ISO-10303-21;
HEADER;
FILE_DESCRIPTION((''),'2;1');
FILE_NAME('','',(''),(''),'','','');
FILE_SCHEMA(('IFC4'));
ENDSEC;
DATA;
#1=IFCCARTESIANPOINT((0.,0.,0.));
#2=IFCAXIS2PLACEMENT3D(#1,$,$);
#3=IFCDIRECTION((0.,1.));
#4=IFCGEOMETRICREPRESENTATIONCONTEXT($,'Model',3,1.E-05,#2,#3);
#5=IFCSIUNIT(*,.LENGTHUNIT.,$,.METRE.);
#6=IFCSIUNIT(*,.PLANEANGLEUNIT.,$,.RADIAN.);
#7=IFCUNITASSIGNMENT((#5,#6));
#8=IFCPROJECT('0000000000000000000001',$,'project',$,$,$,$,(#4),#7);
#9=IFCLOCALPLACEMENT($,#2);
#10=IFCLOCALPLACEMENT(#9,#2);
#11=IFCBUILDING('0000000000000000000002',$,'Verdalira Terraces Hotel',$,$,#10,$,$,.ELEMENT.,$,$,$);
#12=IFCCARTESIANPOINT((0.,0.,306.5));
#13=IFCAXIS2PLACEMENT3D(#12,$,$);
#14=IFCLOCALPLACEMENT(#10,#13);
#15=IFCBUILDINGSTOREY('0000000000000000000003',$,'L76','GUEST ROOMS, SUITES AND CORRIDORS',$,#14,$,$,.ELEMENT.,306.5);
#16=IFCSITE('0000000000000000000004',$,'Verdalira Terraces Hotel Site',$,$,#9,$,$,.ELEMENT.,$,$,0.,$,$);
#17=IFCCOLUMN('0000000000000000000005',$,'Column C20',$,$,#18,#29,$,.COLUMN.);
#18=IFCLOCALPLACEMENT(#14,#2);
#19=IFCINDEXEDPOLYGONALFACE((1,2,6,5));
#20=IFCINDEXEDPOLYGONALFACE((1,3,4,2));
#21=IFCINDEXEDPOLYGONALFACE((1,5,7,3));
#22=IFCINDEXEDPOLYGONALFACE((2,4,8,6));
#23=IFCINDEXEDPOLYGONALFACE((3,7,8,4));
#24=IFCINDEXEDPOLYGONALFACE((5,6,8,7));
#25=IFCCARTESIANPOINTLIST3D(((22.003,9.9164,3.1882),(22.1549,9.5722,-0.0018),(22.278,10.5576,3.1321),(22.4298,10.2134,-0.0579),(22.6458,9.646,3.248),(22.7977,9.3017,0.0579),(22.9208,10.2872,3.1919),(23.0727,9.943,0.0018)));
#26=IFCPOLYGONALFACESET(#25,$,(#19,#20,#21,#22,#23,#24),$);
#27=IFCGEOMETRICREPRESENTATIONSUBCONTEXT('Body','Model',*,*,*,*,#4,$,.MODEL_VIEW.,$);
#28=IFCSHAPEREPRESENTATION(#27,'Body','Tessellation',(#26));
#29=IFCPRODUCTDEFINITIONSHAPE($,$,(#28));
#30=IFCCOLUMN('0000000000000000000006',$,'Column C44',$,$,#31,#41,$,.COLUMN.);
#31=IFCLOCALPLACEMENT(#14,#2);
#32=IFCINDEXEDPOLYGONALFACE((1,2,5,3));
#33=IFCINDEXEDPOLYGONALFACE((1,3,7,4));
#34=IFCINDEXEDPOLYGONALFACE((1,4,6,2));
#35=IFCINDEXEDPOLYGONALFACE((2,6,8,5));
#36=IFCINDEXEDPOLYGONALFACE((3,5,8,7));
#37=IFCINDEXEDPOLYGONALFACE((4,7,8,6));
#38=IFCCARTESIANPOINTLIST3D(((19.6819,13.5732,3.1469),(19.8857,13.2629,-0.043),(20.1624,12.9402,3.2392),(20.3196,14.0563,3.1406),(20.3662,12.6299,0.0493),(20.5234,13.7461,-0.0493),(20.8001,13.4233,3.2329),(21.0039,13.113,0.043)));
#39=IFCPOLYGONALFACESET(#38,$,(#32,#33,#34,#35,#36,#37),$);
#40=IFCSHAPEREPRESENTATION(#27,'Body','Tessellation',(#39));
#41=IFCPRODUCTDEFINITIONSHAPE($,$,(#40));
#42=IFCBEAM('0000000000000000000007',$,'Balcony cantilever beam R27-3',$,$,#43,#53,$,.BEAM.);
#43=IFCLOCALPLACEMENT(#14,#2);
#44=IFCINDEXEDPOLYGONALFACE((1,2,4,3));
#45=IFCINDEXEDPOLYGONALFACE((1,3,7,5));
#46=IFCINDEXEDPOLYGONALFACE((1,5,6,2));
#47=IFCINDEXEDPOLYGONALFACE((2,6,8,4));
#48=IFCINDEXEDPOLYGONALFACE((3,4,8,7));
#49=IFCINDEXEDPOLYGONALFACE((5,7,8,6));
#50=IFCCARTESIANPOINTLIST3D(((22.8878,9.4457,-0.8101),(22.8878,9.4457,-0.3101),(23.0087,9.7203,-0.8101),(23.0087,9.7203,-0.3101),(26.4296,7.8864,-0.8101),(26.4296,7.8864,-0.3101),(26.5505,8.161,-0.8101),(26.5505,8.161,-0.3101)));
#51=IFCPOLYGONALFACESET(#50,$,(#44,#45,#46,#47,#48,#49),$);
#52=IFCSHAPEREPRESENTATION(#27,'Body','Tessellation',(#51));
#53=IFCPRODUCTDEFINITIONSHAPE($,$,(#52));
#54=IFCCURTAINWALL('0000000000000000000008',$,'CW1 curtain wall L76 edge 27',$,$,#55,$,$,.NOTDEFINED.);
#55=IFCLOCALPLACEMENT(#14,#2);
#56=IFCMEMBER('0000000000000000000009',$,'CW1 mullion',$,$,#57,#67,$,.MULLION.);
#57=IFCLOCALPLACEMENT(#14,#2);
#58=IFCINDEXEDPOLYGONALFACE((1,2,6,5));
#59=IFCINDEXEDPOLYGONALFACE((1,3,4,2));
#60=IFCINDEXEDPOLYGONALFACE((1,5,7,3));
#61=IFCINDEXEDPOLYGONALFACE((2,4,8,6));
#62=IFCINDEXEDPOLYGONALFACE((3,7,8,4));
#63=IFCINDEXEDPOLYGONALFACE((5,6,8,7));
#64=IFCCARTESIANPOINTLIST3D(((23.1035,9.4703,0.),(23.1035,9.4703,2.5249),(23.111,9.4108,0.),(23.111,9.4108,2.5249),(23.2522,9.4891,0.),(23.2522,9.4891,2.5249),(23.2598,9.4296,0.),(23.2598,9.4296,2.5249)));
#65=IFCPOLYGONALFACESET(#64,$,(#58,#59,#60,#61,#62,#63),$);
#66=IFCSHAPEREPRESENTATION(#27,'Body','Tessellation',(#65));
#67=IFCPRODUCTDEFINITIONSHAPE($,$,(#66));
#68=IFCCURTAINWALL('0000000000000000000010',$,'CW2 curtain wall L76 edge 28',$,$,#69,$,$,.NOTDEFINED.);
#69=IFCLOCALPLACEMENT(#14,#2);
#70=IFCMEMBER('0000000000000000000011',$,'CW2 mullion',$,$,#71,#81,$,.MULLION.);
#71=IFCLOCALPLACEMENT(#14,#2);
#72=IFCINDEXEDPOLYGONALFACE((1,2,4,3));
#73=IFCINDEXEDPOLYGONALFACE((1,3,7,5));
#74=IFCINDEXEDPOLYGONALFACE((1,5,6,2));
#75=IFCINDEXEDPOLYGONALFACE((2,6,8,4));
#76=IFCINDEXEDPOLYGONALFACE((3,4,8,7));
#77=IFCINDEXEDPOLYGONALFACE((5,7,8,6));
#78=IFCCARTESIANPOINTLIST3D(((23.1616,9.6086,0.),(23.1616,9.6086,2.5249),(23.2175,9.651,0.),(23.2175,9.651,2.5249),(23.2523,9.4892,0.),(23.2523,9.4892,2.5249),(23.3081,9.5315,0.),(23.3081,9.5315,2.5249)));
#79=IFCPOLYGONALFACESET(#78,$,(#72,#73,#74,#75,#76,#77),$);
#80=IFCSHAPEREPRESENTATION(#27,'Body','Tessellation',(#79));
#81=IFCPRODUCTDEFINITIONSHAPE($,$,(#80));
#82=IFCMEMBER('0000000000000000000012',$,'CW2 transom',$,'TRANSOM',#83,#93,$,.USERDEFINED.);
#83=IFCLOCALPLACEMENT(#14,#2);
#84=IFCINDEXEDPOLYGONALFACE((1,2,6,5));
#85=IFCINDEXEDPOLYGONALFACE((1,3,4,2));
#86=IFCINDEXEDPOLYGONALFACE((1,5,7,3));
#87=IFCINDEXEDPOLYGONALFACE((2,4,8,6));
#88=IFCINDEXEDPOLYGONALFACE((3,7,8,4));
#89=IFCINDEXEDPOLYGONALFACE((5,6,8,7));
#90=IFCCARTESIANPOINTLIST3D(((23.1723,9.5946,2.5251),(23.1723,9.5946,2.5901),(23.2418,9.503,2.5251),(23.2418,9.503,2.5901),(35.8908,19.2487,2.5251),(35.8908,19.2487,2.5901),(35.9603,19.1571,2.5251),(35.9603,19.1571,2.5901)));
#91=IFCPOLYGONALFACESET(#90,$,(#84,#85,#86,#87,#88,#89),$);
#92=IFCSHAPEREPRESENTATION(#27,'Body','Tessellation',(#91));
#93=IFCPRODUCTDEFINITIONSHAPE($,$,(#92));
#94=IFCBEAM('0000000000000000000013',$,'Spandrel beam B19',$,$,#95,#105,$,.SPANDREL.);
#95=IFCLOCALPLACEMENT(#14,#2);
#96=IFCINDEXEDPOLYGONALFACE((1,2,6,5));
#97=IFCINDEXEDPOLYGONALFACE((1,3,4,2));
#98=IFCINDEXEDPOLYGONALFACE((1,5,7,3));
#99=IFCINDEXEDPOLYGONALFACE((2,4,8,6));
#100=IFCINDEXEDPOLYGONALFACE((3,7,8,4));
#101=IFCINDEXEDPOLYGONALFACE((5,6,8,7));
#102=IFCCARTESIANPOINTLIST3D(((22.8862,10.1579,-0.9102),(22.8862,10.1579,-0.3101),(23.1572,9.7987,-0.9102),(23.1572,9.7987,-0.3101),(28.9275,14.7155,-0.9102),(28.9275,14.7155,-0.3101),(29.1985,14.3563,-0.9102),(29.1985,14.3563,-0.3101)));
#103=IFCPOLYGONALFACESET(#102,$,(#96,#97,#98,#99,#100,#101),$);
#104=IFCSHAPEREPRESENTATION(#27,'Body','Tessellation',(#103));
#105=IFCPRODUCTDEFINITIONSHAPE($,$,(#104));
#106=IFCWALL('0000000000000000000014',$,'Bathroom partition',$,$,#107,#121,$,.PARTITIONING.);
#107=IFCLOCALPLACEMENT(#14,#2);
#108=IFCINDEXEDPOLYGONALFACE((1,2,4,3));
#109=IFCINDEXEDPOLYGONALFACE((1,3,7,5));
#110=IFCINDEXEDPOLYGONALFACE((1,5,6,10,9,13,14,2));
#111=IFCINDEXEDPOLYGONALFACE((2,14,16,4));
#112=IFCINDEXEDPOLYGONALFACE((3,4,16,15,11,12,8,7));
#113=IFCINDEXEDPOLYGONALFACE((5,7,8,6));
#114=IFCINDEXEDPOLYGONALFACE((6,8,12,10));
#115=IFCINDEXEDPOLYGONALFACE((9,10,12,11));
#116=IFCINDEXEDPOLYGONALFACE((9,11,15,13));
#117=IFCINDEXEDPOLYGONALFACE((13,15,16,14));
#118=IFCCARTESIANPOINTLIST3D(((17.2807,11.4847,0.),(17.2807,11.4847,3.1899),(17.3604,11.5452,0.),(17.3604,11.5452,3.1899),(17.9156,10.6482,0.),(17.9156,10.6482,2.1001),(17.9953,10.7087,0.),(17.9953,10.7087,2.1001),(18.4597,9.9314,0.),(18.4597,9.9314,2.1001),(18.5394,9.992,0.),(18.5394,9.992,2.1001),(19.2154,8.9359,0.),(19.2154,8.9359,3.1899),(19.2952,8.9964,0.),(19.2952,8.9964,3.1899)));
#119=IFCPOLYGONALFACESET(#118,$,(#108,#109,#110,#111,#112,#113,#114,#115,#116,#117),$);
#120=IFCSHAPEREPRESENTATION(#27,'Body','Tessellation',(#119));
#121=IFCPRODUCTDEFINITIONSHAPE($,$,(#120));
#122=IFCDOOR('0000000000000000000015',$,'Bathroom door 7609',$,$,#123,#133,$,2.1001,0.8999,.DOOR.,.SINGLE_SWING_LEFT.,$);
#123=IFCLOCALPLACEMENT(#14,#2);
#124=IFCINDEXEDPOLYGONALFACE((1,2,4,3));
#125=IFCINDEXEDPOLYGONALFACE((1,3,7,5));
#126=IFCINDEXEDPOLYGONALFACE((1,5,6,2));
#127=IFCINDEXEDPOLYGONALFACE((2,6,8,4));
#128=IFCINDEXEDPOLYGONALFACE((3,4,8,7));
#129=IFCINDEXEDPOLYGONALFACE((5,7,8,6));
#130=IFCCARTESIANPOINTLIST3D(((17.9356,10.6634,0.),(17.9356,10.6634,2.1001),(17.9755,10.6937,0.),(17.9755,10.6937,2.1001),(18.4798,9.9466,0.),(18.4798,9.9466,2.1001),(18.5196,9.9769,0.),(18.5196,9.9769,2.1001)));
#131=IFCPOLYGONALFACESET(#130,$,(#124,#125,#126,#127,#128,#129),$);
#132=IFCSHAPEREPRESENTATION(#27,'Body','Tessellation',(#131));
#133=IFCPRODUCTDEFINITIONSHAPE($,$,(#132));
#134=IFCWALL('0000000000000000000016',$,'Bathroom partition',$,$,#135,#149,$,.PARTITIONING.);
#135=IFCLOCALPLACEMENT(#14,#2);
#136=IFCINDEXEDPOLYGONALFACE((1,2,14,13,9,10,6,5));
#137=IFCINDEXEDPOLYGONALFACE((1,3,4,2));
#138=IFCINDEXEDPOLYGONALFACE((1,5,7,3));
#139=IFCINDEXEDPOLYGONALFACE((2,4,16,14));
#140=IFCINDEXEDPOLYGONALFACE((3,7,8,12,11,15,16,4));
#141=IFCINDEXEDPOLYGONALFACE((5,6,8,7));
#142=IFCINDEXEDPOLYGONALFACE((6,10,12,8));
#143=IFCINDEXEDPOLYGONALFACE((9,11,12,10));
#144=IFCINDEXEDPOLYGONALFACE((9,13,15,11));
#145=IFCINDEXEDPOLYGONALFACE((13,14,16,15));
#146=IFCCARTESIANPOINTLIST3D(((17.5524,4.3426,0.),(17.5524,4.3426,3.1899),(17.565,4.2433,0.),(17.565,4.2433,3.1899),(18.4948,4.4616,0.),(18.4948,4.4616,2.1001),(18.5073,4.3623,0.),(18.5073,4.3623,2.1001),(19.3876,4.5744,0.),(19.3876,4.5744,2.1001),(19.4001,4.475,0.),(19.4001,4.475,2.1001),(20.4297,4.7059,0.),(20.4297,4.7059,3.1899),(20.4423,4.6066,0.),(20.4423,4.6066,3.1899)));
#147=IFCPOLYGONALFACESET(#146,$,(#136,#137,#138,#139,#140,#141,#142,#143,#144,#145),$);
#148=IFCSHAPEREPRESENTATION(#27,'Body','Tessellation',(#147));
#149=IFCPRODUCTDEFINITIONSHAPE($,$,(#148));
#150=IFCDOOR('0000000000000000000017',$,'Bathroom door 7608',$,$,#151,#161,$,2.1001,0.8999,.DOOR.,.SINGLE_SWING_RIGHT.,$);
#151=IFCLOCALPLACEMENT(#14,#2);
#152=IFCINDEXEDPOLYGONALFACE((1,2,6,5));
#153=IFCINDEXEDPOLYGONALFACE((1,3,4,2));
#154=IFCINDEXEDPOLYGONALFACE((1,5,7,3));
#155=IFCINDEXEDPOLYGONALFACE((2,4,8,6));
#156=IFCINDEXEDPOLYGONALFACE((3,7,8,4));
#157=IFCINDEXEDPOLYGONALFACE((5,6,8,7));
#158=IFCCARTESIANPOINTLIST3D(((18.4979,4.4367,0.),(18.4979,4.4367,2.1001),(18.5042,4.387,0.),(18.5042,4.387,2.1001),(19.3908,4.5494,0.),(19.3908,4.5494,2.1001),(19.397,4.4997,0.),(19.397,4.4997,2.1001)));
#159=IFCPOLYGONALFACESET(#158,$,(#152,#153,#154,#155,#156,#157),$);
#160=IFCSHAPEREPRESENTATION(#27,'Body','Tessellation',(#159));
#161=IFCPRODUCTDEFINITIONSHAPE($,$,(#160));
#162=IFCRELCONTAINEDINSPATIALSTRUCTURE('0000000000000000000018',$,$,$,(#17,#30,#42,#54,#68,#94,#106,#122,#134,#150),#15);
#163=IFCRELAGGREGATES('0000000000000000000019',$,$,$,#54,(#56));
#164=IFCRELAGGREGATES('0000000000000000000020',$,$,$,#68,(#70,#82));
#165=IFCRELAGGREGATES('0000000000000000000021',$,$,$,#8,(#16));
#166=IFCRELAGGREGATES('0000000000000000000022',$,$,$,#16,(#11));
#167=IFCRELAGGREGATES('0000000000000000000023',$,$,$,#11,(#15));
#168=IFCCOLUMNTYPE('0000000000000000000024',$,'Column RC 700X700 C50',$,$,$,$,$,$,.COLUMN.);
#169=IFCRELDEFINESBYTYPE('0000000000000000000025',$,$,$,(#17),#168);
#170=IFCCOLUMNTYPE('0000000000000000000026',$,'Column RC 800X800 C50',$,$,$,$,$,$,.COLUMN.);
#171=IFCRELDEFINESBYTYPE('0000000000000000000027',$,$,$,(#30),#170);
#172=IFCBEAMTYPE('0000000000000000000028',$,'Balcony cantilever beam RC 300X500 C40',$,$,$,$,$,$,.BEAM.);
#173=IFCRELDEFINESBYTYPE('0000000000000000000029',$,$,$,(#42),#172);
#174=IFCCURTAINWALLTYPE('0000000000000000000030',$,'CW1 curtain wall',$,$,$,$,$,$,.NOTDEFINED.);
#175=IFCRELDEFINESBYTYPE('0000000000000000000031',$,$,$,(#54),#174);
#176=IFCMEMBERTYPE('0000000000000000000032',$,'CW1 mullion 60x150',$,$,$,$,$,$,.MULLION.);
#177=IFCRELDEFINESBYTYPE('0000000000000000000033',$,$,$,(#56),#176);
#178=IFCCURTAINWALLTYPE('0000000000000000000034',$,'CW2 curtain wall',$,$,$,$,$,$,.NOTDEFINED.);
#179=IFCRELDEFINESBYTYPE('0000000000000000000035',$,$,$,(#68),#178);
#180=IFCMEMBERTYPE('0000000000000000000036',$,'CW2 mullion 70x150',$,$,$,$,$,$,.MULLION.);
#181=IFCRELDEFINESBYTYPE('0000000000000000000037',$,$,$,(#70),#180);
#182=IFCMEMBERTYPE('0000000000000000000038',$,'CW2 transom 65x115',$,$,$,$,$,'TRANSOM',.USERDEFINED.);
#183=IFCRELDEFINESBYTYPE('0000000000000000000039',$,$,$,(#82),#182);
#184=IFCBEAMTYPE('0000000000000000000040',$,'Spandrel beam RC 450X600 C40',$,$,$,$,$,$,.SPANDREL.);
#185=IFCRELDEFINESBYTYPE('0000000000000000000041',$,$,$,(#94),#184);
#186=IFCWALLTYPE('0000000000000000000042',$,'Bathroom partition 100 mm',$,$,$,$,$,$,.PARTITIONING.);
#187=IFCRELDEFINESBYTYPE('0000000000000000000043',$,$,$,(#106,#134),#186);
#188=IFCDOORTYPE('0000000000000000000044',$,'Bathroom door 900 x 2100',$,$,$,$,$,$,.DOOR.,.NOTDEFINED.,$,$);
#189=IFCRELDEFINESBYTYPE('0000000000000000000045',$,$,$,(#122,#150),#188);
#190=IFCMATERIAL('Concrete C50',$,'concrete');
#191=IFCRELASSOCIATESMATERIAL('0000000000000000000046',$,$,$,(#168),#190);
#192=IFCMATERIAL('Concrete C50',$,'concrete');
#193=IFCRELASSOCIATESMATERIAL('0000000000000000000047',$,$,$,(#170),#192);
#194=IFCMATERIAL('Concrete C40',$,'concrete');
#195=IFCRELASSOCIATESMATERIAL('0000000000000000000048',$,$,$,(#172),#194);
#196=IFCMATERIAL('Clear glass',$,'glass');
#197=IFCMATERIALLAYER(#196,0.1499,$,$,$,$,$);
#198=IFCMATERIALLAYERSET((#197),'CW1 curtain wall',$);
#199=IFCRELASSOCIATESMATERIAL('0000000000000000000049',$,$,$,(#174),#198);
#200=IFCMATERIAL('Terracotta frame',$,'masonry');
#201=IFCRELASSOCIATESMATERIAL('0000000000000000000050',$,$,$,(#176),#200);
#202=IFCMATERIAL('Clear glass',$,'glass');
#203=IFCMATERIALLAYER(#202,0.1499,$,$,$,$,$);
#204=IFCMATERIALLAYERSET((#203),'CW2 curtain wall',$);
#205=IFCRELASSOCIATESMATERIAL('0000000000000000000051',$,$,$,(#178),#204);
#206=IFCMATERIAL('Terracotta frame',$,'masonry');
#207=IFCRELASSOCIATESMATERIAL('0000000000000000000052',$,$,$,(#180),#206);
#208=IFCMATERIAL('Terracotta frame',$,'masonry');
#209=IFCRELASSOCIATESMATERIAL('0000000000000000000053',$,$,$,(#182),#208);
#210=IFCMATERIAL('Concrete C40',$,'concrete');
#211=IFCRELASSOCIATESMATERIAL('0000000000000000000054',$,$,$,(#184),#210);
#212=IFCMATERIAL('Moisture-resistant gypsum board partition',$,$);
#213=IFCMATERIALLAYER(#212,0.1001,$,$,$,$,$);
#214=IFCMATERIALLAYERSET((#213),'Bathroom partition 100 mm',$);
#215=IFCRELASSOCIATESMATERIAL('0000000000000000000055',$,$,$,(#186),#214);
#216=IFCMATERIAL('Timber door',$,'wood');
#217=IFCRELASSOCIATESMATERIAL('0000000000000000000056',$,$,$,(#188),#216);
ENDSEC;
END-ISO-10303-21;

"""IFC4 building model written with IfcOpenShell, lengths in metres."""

from ifc_helpers import new_model, si_unit, direction, frame, frame_2d, origin, origin_2d, place, context, subcontext, project, spatial, rectangle, extrude, material, layer, layer_set, material_profile, profile_set, type_object, element, fill, aggregate, save


model = new_model("IFC4")

# Units and contexts
model_context = context("Model", 3, precision=1e-05, world=origin(), true_north=direction((0.0, 1.0)))
body_context = subcontext(model_context, "Body", "Model", "MODEL_VIEW")
ifc_project = project(units=[si_unit("LENGTHUNIT", "METRE"), si_unit("PLANEANGLEUNIT", "RADIAN")], contexts=[model_context])

# Site, building, storey
site_placement = place(None, origin())
site = spatial("IfcSite", under=ifc_project, at=site_placement, Name="Verdalira Terraces Hotel Site", CompositionType="ELEMENT", RefElevation=0.0)
building_placement = place(site_placement, origin())
building = spatial("IfcBuilding", under=site, at=building_placement, Name="Verdalira Terraces Hotel", CompositionType="ELEMENT")
storey_placement = place(building_placement, frame((0.0, 0.0, 306.5)))
storey = spatial("IfcBuildingStorey", under=building, at=storey_placement, Name="L76", Description="GUEST ROOMS, SUITES AND CORRIDORS", CompositionType="ELEMENT", Elevation=306.5)

# Columns
ifc_material_1 = material(Name="Concrete C50", Category="concrete")
ifc_material_profile_1 = material_profile(ifc_material_1, rectangle(XDim=0.7, YDim=0.7, at=origin_2d()), Name="RC 700X700")
ifc_profile_set_1 = profile_set([ifc_material_profile_1], Name="Concrete C50")
column_type_1 = type_object("IfcColumnType", Name="Column RC 700X700 C50", PredefinedType="COLUMN", material=ifc_profile_set_1)
column_1_placement = place(storey_placement, frame((22.6138, 9.7576, 0.0), z_axis=(-0.047277, 0.107171, 0.993116), x_axis=(-0.392844, -0.916105, 0.080159)))
element("IfcColumn", 1, at=column_1_placement, inside=storey, type_object=column_type_1, Name="Column C20", PredefinedType="COLUMN", context=body_context, shape_type="SweptSolid", body=[
    extrude(rectangle(XDim=0.7, YDim=0.7, at=origin_2d()), origin(), (0.0, 0.0, 1.0), 3.2122),
])
ifc_material_2 = material(Name="Concrete C50", Category="concrete")
ifc_material_profile_2 = material_profile(ifc_material_2, rectangle(XDim=0.8, YDim=0.8, at=origin_2d()), Name="RC 800X800")
ifc_profile_set_2 = profile_set([ifc_material_profile_2], Name="Concrete C50")
column_type_2 = type_object("IfcColumnType", Name="Column RC 800X800 C50", PredefinedType="COLUMN", material=ifc_profile_set_2)
column_2_placement = place(storey_placement, frame((20.4448, 13.188, 0.0), z_axis=(-0.063478, 0.096623, 0.993295), x_axis=(0.797058, 0.603853, -0.007803)))
element("IfcColumn", 2, at=column_2_placement, inside=storey, type_object=column_type_2, Name="Column C44", PredefinedType="COLUMN", context=body_context, shape_type="SweptSolid", body=[
    extrude(rectangle(XDim=0.8, YDim=0.8, at=origin_2d()), origin(), (0.0, 0.0, 1.0), 3.2114),
])

# Beam
ifc_material_3 = material(Name="Concrete C40", Category="concrete")
ifc_material_profile_3 = material_profile(ifc_material_3, rectangle(XDim=0.3, YDim=0.5, at=origin_2d()), Name="RC 300X500")
ifc_profile_set_3 = profile_set([ifc_material_profile_3], Name="Concrete C40")
beam_type_1 = type_object("IfcBeamType", Name="Balcony cantilever beam RC 300X500 C40", PredefinedType="BEAM", material=ifc_profile_set_3)
beam_1_placement = place(storey_placement, frame((22.9482, 9.583, -0.5601), z_axis=(0.915224, -0.402946, 0.0), x_axis=(0.402946, 0.915224, 0.0)))
element("IfcBeam", 3, at=beam_1_placement, inside=storey, type_object=beam_type_1, Name="Balcony cantilever beam R27-3", PredefinedType="BEAM", context=body_context, shape_type="SweptSolid", body=[
    extrude(rectangle(XDim=0.3, YDim=0.5, at=origin_2d()), origin(), (0.0, 0.0, 1.0), 3.8699),
])

# Curtain wall, member
ifc_material_4 = material(Name="Clear glass", Category="glass")
ifc_layer_1 = layer(ifc_material_4, 0.1499)
ifc_layer_set_1 = layer_set([ifc_layer_1], Name="CW1 curtain wall")
curtain_wall_type_1 = type_object("IfcCurtainWallType", Name="CW1 curtain wall", PredefinedType="NOTDEFINED", material=ifc_layer_set_1)
curtain_wall_1_placement = place(storey_placement, origin())
curtain_wall_1 = element("IfcCurtainWall", 4, at=curtain_wall_1_placement, inside=storey, type_object=curtain_wall_type_1, Name="CW1 curtain wall L76 edge 27", PredefinedType="NOTDEFINED")
ifc_material_5 = material(Name="Terracotta frame", Category="masonry")
ifc_material_profile_4 = material_profile(ifc_material_5, rectangle(XDim=0.0601, YDim=0.1499, at=origin_2d()), Name="MU 60x150")
ifc_profile_set_4 = profile_set([ifc_material_profile_4], Name="Terracotta frame")
member_type_1 = type_object("IfcMemberType", Name="CW1 mullion 60x150", PredefinedType="MULLION", material=ifc_profile_set_4)
member_1_placement = place(storey_placement, frame((23.1816, 9.45, 0.0), z_axis=(0.0, 0.0, 1.0), x_axis=(-0.125333, 0.992115, 0.0)))
member_1 = element("IfcMember", 5, at=member_1_placement, type_object=member_type_1, Name="CW1 mullion", PredefinedType="MULLION", context=body_context, shape_type="SweptSolid", body=[
    extrude(rectangle(XDim=0.0601, YDim=0.1499, at=origin_2d()), origin(), (0.0, 0.0, 1.0), 2.5249),
])
aggregate(curtain_wall_1, [member_1])

# Curtain wall, members
ifc_material_6 = material(Name="Clear glass", Category="glass")
ifc_layer_2 = layer(ifc_material_6, 0.1499)
ifc_layer_set_2 = layer_set([ifc_layer_2], Name="CW2 curtain wall")
curtain_wall_type_2 = type_object("IfcCurtainWallType", Name="CW2 curtain wall", PredefinedType="NOTDEFINED", material=ifc_layer_set_2)
curtain_wall_2_placement = place(storey_placement, origin())
curtain_wall_2 = element("IfcCurtainWall", 6, at=curtain_wall_2_placement, inside=storey, type_object=curtain_wall_type_2, Name="CW2 curtain wall L76 edge 28", PredefinedType="NOTDEFINED")
ifc_material_7 = material(Name="Terracotta frame", Category="masonry")
ifc_material_profile_5 = material_profile(ifc_material_7, rectangle(XDim=0.0701, YDim=0.1499, at=origin_2d()), Name="MU 70x150")
ifc_profile_set_5 = profile_set([ifc_material_profile_5], Name="Terracotta frame")
member_type_2 = type_object("IfcMemberType", Name="CW2 mullion 70x150", PredefinedType="MULLION", material=ifc_profile_set_5)
member_2_placement = place(storey_placement, frame((23.2349, 9.5701, 0.0), z_axis=(0.0, 0.0, 1.0), x_axis=(0.79653, 0.604599, 0.0)))
member_2 = element("IfcMember", 7, at=member_2_placement, type_object=member_type_2, Name="CW2 mullion", PredefinedType="MULLION", context=body_context, shape_type="SweptSolid", body=[
    extrude(rectangle(XDim=0.0701, YDim=0.1499, at=origin_2d()), origin(), (0.0, 0.0, 1.0), 2.5249),
])
ifc_material_8 = material(Name="Terracotta frame", Category="masonry")
ifc_material_profile_6 = material_profile(ifc_material_8, rectangle(XDim=0.115, YDim=0.0649, at=origin_2d()), Name="TR 65x115")
ifc_profile_set_6 = profile_set([ifc_material_profile_6], Name="Terracotta frame")
member_type_3 = type_object("IfcMemberType", Name="CW2 transom 65x115", ElementType="TRANSOM", PredefinedType="USERDEFINED", material=ifc_profile_set_6)
member_3_placement = place(storey_placement, frame((23.207, 9.5488, 2.5576), z_axis=(0.796524, 0.604606, 0.0), x_axis=(-0.604606, 0.796524, 0.0)))
member_3 = element("IfcMember", 8, at=member_3_placement, type_object=member_type_3, Name="CW2 transom", ObjectType="TRANSOM", PredefinedType="USERDEFINED", context=body_context, shape_type="SweptSolid", body=[
    extrude(rectangle(XDim=0.115, YDim=0.0649, at=origin_2d()), origin(), (0.0, 0.0, 1.0), 15.9675),
])
aggregate(curtain_wall_2, [member_2, member_3])

# Beam
ifc_material_9 = material(Name="Concrete C40", Category="concrete")
ifc_material_profile_7 = material_profile(ifc_material_9, rectangle(XDim=0.45, YDim=0.6001, at=origin_2d()), Name="RC 450X600")
ifc_profile_set_7 = profile_set([ifc_material_profile_7], Name="Concrete C40")
beam_type_2 = type_object("IfcBeamType", Name="Spandrel beam RC 450X600 C40", PredefinedType="SPANDREL", material=ifc_profile_set_7)
beam_2_placement = place(storey_placement, frame((23.0217, 9.9783, -0.6101), z_axis=(0.798305, 0.602253, 0.0), x_axis=(-0.602253, 0.798305, 0.0)))
element("IfcBeam", 9, at=beam_2_placement, inside=storey, type_object=beam_type_2, Name="Spandrel beam B19", PredefinedType="SPANDREL", context=body_context, shape_type="SweptSolid", body=[
    extrude(rectangle(XDim=0.45, YDim=0.6001, at=origin_2d()), origin(), (0.0, 0.0, 1.0), 7.5676),
])

# Walls, openings, doors
ifc_material_10 = material(Name="Moisture-resistant gypsum board partition")
ifc_layer_3 = layer(ifc_material_10, 0.1001)
ifc_layer_set_3 = layer_set([ifc_layer_3], Name="Bathroom partition 100 mm")
wall_type_1 = type_object("IfcWallType", Name="Bathroom partition 100 mm", PredefinedType="PARTITIONING", material=ifc_layer_set_3)
wall_1_placement = place(storey_placement, frame((19.2554, 8.9661, 0.0), z_axis=(0.0, 0.0, 1.0), x_axis=(-0.604629, 0.796508, 0.0)))
wall_1 = element("IfcWall", 10, at=wall_1_placement, inside=storey, type_object=wall_type_1, Name="Bathroom partition", PredefinedType="PARTITIONING", context=body_context, shape_type="SweptSolid", body=[
    extrude(rectangle(XDim=3.2, YDim=0.1001, at=frame_2d((1.6001, 0.0))), origin(), (0.0, 0.0, 1.0), 3.1899),
])
opening_1_placement = place(wall_1_placement, frame((1.25, 0.0, 0.0)))
opening_1 = element("IfcOpeningElement", 11, at=opening_1_placement, cuts=wall_1, PredefinedType="OPENING", context=body_context, shape_type="SweptSolid", body=[
    extrude(rectangle(XDim=0.8999, YDim=2.1001, at=frame_2d((0.45, 1.05))), frame((0.0, 0.0601, 0.0), z_axis=(0.0, -1.0, 0.0), x_axis=(1.0, 0.0, 0.0)), (0.0, 0.0, 1.0), 0.1201),
])
ifc_material_11 = material(Name="Timber door", Category="wood")
door_type = type_object("IfcDoorType", Name="Bathroom door 900 x 2100", OperationType="NOTDEFINED", PredefinedType="DOOR", material=ifc_material_11)
door_1_placement = place(opening_1_placement, origin())
door_1 = element("IfcDoor", 12, at=door_1_placement, inside=storey, type_object=door_type, Name="Bathroom door 7609", OperationType="SINGLE_SWING_LEFT", OverallHeight=2.1001, OverallWidth=0.8999, PredefinedType="DOOR", context=body_context, shape_type="SweptSolid", body=[
    extrude(rectangle(XDim=0.8999, YDim=2.1001, at=frame_2d((0.45, 1.05))), frame((0.0, 0.0249, 0.0), z_axis=(0.0, -1.0, 0.0), x_axis=(1.0, 0.0, 0.0)), (0.0, 0.0, 1.0), 0.05),
])
fill(opening_1, door_1)
wall_2_placement = place(storey_placement, frame((17.5586, 4.293, 0.0), z_axis=(0.0, 0.0, 1.0), x_axis=(0.992123, 0.125268, 0.0)))
wall_2 = element("IfcWall", 13, at=wall_2_placement, inside=storey, type_object=wall_type_1, Name="Bathroom partition", PredefinedType="PARTITIONING", context=body_context, shape_type="SweptSolid", body=[
    extrude(rectangle(XDim=2.9001, YDim=0.1001, at=frame_2d((1.4502, 0.0))), origin(), (0.0, 0.0, 1.0), 3.1899),
])
opening_2_placement = place(wall_2_placement, frame((0.95, 0.0, 0.0)))
opening_2 = element("IfcOpeningElement", 14, at=opening_2_placement, cuts=wall_2, PredefinedType="OPENING", context=body_context, shape_type="SweptSolid", body=[
    extrude(rectangle(XDim=0.8999, YDim=2.1001, at=frame_2d((0.45, 1.05))), frame((0.0, 0.0601, 0.0), z_axis=(0.0, -1.0, 0.0), x_axis=(1.0, 0.0, 0.0)), (0.0, 0.0, 1.0), 0.1201),
])
door_2_placement = place(opening_2_placement, origin())
door_2 = element("IfcDoor", 15, at=door_2_placement, inside=storey, type_object=door_type, Name="Bathroom door 7608", OperationType="SINGLE_SWING_RIGHT", OverallHeight=2.1001, OverallWidth=0.8999, PredefinedType="DOOR", context=body_context, shape_type="SweptSolid", body=[
    extrude(rectangle(XDim=0.8999, YDim=2.1001, at=frame_2d((0.45, 1.05))), frame((0.0, 0.0249, 0.0), z_axis=(0.0, -1.0, 0.0), x_axis=(1.0, 0.0, 0.0)), (0.0, 0.0, 1.0), 0.05),
])
fill(opening_2, door_2)

save(model, "model.ifc")
